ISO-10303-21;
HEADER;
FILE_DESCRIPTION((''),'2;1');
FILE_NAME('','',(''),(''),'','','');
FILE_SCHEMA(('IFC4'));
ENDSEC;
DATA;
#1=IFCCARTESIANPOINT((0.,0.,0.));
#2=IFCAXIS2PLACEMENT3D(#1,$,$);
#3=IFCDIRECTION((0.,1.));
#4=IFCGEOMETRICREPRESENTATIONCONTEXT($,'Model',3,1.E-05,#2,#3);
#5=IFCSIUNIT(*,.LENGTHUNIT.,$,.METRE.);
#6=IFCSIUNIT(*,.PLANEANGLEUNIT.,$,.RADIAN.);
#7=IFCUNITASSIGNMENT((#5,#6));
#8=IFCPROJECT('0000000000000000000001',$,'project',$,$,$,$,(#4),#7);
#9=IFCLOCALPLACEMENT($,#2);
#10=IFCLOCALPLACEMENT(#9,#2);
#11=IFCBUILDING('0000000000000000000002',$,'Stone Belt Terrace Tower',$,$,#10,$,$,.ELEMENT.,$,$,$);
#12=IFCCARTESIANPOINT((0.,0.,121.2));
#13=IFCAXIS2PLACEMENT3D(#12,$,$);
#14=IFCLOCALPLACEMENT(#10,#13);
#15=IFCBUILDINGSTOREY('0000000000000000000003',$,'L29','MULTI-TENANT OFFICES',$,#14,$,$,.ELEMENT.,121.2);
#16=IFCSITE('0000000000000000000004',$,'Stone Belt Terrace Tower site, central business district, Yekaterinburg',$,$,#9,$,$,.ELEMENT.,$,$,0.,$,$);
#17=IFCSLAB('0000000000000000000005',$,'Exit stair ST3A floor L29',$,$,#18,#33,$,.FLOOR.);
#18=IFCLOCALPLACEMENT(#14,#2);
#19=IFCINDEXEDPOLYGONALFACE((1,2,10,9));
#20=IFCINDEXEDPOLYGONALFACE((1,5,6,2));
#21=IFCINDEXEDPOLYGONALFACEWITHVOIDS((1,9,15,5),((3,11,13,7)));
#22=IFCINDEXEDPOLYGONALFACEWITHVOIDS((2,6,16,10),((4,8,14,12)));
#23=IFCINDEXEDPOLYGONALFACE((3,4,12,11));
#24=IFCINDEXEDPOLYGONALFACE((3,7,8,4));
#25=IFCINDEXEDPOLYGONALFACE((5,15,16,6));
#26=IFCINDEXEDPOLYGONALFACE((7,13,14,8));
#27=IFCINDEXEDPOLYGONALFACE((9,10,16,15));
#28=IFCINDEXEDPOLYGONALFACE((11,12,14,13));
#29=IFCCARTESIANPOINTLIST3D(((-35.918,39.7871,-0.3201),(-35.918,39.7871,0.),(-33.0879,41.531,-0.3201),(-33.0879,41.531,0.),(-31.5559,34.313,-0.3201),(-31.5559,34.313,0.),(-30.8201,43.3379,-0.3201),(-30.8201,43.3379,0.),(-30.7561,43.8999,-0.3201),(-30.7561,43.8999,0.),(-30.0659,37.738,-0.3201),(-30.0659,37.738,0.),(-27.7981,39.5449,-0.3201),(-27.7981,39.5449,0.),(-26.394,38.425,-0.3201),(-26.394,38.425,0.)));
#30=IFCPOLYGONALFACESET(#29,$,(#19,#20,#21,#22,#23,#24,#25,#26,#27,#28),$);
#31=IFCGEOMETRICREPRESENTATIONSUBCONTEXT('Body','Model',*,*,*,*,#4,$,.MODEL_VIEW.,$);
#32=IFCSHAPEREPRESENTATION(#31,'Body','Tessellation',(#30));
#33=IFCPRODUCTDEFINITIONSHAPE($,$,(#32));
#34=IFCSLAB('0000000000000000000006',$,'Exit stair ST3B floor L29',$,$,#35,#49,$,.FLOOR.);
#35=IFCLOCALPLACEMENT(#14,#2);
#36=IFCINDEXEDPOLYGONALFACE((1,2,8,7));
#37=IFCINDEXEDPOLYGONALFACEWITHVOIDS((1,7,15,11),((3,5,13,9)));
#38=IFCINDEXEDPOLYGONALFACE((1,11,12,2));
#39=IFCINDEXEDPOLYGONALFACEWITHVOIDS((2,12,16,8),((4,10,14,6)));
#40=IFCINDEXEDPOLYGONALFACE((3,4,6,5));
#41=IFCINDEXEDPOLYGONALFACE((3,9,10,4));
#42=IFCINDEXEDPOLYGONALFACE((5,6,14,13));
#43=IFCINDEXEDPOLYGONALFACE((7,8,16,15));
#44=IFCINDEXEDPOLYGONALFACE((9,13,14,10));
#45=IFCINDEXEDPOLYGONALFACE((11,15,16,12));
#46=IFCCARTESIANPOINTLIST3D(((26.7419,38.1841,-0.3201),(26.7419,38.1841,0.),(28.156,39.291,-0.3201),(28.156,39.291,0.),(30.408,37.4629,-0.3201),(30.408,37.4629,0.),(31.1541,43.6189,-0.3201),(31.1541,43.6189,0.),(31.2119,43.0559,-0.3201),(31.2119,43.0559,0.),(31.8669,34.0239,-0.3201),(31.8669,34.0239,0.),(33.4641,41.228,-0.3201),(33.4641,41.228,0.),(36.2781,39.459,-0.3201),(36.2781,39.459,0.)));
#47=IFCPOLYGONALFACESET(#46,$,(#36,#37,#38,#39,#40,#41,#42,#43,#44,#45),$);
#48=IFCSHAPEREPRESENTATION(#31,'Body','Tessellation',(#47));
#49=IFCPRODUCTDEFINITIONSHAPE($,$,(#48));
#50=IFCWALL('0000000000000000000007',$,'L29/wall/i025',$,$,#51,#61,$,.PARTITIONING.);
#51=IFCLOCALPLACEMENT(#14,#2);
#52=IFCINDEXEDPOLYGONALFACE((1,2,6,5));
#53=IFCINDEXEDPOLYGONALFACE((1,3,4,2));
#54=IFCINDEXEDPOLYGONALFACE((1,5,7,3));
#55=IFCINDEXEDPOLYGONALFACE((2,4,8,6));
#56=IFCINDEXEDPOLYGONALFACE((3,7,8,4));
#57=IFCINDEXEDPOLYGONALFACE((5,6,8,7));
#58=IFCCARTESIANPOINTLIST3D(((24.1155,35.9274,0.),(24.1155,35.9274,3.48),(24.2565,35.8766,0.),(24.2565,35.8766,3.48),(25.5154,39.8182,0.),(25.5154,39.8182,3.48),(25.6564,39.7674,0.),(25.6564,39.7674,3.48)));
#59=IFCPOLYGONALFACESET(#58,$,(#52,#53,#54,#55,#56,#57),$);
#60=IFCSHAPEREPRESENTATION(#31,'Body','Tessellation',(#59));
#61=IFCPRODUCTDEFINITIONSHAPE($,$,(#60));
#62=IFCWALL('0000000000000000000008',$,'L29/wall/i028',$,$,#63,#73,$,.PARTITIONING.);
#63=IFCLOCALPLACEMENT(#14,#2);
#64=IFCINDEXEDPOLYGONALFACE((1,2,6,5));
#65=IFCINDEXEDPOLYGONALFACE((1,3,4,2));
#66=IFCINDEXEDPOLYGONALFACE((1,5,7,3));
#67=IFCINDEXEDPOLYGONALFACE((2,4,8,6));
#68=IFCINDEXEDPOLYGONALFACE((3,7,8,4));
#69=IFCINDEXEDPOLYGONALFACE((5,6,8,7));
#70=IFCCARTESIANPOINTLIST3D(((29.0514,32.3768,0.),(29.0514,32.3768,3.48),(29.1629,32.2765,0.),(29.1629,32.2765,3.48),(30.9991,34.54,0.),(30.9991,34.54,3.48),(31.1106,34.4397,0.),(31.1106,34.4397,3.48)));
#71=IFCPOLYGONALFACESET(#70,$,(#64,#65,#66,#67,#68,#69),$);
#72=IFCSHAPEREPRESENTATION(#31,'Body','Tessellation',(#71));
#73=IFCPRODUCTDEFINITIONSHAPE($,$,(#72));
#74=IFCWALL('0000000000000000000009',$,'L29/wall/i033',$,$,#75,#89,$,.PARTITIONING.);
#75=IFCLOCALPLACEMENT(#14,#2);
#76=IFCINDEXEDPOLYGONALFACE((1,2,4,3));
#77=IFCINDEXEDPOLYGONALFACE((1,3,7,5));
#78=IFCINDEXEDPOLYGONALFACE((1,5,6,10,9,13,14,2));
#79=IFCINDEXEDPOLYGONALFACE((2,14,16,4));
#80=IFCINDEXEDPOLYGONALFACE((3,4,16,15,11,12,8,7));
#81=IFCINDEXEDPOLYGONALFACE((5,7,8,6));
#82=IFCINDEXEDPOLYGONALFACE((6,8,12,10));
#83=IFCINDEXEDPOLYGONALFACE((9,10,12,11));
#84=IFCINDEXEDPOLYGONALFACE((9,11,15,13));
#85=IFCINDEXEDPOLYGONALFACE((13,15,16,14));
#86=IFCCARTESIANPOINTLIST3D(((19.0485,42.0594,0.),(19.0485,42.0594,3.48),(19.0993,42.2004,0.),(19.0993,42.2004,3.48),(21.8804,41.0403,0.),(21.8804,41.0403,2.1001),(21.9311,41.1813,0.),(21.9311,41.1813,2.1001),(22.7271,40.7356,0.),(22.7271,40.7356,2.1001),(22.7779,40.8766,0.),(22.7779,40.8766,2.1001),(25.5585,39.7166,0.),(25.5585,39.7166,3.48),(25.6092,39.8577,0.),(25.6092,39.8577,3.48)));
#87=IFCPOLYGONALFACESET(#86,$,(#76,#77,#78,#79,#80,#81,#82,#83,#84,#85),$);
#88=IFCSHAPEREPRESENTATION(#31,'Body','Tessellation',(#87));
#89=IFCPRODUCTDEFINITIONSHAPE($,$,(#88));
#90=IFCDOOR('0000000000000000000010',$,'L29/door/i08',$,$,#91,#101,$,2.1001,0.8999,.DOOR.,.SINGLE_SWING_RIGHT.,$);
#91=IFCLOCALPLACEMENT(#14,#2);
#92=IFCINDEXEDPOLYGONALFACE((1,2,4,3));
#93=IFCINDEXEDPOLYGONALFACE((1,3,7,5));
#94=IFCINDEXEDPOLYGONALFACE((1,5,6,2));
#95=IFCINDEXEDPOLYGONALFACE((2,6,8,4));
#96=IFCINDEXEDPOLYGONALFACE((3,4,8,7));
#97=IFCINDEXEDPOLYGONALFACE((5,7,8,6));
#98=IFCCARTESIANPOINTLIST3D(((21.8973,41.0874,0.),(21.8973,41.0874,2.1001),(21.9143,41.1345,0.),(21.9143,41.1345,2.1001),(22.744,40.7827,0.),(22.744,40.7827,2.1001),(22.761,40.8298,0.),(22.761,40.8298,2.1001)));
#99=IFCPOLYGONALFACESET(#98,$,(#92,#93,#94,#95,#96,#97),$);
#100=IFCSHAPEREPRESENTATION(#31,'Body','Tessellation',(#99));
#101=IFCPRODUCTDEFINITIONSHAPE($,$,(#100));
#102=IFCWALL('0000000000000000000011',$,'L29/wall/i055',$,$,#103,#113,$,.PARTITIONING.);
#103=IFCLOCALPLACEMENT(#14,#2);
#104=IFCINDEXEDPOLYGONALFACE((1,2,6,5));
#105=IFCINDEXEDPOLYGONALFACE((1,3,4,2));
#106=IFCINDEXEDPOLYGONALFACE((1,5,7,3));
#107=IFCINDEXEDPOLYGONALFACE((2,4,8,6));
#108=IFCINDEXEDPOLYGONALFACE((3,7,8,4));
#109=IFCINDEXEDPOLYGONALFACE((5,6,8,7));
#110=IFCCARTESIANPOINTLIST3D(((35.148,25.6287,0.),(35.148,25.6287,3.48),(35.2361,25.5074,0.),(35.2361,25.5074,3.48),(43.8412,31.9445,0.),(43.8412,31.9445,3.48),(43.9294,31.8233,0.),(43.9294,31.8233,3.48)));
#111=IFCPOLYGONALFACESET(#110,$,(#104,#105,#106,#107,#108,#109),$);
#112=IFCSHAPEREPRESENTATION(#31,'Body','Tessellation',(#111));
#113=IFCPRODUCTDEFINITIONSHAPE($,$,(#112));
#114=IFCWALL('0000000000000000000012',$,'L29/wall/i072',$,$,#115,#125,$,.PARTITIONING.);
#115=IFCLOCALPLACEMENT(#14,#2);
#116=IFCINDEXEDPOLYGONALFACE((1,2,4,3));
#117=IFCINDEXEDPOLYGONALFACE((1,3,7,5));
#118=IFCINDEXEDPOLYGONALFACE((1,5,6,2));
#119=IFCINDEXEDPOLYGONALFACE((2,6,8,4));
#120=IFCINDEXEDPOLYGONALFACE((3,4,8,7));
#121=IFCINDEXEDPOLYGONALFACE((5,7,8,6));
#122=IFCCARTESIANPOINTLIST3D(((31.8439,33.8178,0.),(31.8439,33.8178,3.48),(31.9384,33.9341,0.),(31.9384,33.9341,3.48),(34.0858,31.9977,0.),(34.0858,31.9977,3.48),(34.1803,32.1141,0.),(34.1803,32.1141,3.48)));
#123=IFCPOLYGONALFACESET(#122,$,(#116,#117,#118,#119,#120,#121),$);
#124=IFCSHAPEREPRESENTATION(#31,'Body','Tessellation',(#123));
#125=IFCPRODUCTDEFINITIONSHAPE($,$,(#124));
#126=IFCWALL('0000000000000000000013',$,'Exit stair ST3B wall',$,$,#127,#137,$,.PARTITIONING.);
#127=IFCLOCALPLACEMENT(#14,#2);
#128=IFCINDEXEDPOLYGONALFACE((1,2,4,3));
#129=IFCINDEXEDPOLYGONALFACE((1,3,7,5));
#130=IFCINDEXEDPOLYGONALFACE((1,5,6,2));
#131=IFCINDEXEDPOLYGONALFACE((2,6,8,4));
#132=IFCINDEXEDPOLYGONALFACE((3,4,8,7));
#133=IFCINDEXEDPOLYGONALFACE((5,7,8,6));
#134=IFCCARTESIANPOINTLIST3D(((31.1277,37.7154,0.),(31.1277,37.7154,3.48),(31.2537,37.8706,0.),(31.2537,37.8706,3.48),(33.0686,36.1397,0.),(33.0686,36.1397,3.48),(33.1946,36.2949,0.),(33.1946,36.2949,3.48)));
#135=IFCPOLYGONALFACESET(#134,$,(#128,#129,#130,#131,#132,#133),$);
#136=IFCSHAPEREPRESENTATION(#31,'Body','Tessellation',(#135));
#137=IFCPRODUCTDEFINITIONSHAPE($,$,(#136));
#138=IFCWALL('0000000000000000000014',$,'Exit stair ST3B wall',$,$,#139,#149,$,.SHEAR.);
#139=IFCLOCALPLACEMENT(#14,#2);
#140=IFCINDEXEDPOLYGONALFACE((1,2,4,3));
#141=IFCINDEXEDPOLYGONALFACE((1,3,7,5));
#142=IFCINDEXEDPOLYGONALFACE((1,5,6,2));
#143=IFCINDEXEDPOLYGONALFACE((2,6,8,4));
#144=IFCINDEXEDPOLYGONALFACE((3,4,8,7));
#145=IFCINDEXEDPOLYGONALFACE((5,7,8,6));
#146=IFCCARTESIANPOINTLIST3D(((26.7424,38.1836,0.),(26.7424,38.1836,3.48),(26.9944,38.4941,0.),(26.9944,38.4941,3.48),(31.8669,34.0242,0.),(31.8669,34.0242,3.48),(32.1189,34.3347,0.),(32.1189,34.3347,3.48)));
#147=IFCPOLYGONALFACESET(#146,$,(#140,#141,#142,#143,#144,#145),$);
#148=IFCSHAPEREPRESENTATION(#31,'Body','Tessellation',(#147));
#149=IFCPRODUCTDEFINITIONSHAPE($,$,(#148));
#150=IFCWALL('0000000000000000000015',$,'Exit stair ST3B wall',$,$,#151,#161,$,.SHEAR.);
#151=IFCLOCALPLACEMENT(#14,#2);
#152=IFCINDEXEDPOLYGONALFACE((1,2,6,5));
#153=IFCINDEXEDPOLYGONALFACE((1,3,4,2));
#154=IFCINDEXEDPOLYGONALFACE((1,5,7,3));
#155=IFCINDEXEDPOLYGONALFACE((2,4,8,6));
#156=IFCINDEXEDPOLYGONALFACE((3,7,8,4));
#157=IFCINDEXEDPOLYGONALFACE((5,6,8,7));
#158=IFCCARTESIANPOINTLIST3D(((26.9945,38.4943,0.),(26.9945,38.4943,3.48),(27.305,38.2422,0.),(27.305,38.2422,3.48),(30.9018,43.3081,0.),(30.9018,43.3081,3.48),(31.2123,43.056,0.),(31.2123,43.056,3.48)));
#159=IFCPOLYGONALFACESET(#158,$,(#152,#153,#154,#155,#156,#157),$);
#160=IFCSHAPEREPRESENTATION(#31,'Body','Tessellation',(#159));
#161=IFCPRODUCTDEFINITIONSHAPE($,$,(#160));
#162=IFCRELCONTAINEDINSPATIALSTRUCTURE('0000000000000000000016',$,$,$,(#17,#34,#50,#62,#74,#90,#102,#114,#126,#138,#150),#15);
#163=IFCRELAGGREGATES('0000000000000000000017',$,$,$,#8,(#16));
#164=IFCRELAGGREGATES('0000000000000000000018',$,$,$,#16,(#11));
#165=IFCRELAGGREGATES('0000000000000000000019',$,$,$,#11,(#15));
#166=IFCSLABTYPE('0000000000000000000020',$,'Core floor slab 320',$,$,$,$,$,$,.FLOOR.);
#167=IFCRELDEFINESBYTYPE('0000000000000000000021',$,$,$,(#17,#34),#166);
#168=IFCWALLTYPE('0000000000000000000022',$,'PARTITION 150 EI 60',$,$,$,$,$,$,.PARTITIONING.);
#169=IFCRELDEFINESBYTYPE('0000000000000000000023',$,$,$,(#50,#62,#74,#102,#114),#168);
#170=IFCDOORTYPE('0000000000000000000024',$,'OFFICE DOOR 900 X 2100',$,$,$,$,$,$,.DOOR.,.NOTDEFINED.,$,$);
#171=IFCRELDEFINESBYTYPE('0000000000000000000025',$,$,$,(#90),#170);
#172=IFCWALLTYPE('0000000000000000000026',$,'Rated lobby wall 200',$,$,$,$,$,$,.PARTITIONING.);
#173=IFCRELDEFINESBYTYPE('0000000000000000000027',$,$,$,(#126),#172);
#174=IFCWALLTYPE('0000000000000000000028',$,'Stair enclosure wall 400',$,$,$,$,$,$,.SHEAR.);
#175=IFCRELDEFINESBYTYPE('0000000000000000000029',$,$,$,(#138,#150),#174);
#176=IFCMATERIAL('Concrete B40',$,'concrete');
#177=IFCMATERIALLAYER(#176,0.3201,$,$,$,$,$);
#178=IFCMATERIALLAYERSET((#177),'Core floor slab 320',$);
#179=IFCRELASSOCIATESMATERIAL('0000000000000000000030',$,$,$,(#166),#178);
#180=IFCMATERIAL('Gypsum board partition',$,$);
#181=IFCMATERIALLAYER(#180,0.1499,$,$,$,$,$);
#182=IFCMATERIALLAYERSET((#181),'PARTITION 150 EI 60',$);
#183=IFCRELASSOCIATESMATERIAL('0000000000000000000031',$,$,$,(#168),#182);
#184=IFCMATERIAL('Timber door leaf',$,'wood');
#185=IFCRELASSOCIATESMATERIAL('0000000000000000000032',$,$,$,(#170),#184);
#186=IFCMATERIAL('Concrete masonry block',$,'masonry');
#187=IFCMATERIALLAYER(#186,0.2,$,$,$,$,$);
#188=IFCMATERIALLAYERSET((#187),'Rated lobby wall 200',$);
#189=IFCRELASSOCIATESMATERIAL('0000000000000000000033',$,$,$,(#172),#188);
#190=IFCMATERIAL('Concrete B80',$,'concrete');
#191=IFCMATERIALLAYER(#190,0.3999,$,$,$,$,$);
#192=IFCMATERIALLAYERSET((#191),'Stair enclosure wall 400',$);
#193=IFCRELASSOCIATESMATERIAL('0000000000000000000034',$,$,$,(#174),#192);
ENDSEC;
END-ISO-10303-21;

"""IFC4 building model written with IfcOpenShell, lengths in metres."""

from ifc_helpers import new_model, si_unit, direction, frame, frame_2d, origin, place, context, subcontext, project, spatial, polyline, rectangle, outline, extrude, material, layer, layer_set, type_object, element, fill, save


model = new_model("IFC4")

# Units and contexts
model_context = context("Model", 3, precision=1e-05, world=origin(), true_north=direction((0.0, 1.0)))
body_context = subcontext(model_context, "Body", "Model", "MODEL_VIEW")
ifc_project = project(units=[si_unit("LENGTHUNIT", "METRE"), si_unit("PLANEANGLEUNIT", "RADIAN")], contexts=[model_context])

# Site, building, storey
site_placement = place(None, origin())
site = spatial("IfcSite", under=ifc_project, at=site_placement, Name="Stone Belt Terrace Tower site, central business district, Yekaterinburg", CompositionType="ELEMENT", RefElevation=0.0)
building_placement = place(site_placement, origin())
building = spatial("IfcBuilding", under=site, at=building_placement, Name="Stone Belt Terrace Tower", CompositionType="ELEMENT")
storey_placement = place(building_placement, frame((0.0, 0.0, 121.2)))
storey = spatial("IfcBuildingStorey", under=building, at=storey_placement, Name="L29", Description="MULTI-TENANT OFFICES", CompositionType="ELEMENT", Elevation=121.2)

# Shared definitions
ifc_material_1 = material(Name="Concrete B80", Category="concrete")

# Slabs
ifc_material_2 = material(Name="Concrete B40", Category="concrete")
ifc_layer_1 = layer(ifc_material_2, 0.3201)
ifc_layer_set_1 = layer_set([ifc_layer_1], Name="Core floor slab 320")
slab_type = type_object("IfcSlabType", Name="Core floor slab 320", PredefinedType="FLOOR", material=ifc_layer_set_1)
slab_1_placement = place(storey_placement, frame((0.0, 0.0, -0.3201)))
element("IfcSlab", 1, at=slab_1_placement, inside=storey, type_object=slab_type, Name="Exit stair ST3A floor L29", PredefinedType="FLOOR", context=body_context, shape_type="SweptSolid", body=[
    extrude(outline(polyline([(-26.394, 38.425), (-30.7561, 43.8999), (-35.918, 39.7871), (-31.5559, 34.313), (-26.394, 38.425)]), holes=[polyline([(-27.7981, 39.5449), (-30.0659, 37.738), (-33.0879, 41.531), (-30.8201, 43.3379), (-27.7981, 39.5449)])]), origin(), (0.0, 0.0, 1.0), 0.3201),
])
slab_2_placement = place(storey_placement, frame((0.0, 0.0, -0.3201)))
element("IfcSlab", 2, at=slab_2_placement, inside=storey, type_object=slab_type, Name="Exit stair ST3B floor L29", PredefinedType="FLOOR", context=body_context, shape_type="SweptSolid", body=[
    extrude(outline(polyline([(26.7419, 38.1841), (31.8669, 34.0239), (36.2781, 39.459), (31.1541, 43.6189), (26.7419, 38.1841)]), holes=[polyline([(30.408, 37.4629), (28.156, 39.291), (31.2119, 43.0559), (33.4641, 41.228), (30.408, 37.4629)])]), origin(), (0.0, 0.0, 1.0), 0.3201),
])

# Walls
ifc_material_3 = material(Name="Gypsum board partition")
ifc_layer_2 = layer(ifc_material_3, 0.1499)
ifc_layer_set_2 = layer_set([ifc_layer_2], Name="PARTITION 150 EI 60")
wall_type_1 = type_object("IfcWallType", Name="PARTITION 150 EI 60", PredefinedType="PARTITIONING", material=ifc_layer_set_2)
wall_1_placement = place(storey_placement, frame((24.186, 35.9021, 0.0), z_axis=(0.0, 0.0, 1.0), x_axis=(0.338546, 0.94095, 0.0)))
element("IfcWall", 3, at=wall_1_placement, inside=storey, type_object=wall_type_1, Name="L29/wall/i025", PredefinedType="PARTITIONING", context=body_context, shape_type="SweptSolid", body=[
    extrude(rectangle(XDim=4.135, YDim=0.1499, at=frame_2d((2.0674, 0.0))), origin(), (0.0, 0.0, 1.0), 3.48),
])
wall_2_placement = place(storey_placement, frame((31.0549, 34.49, 0.0), z_axis=(0.0, 0.0, 1.0), x_axis=(-0.669108, -0.743165, 0.0)))
element("IfcWall", 4, at=wall_2_placement, inside=storey, type_object=wall_type_1, Name="L29/wall/i028", PredefinedType="PARTITIONING", context=body_context, shape_type="SweptSolid", body=[
    extrude(rectangle(XDim=2.9109, YDim=0.1499, at=frame_2d((1.4556, 0.0))), origin(), (0.0, 0.0, 1.0), 3.48),
])

# Wall, opening, door
wall_3_placement = place(storey_placement, frame((25.584, 39.7871, 0.0), z_axis=(0.0, 0.0, 1.0), x_axis=(-0.940926, 0.338613, 0.0)))
wall_3 = element("IfcWall", 5, at=wall_3_placement, inside=storey, type_object=wall_type_1, Name="L29/wall/i033", PredefinedType="PARTITIONING", context=body_context, shape_type="SweptSolid", body=[
    extrude(rectangle(XDim=6.9187, YDim=0.1499, at=frame_2d((3.4595, 0.0))), origin(), (0.0, 0.0, 1.0), 3.48),
])
opening_1_placement = place(wall_3_placement, frame((3.0093, 0.0, 0.0)))
opening_1 = element("IfcOpeningElement", 6, at=opening_1_placement, cuts=wall_3, PredefinedType="OPENING", context=body_context, shape_type="SweptSolid", body=[
    extrude(rectangle(XDim=0.8999, YDim=2.1001, at=frame_2d((0.45, 1.05))), frame((0.0, 0.085, 0.0), z_axis=(0.0, -1.0, 0.0), x_axis=(1.0, 0.0, 0.0)), (0.0, 0.0, 1.0), 0.1699),
])
ifc_material_4 = material(Name="Timber door leaf", Category="wood")
door_type_1 = type_object("IfcDoorType", Name="OFFICE DOOR 900 X 2100", OperationType="NOTDEFINED", PredefinedType="DOOR", material=ifc_material_4)
door_1_placement = place(opening_1_placement, origin())
door_1 = element("IfcDoor", 7, at=door_1_placement, inside=storey, type_object=door_type_1, Name="L29/door/i08", OperationType="SINGLE_SWING_RIGHT", OverallHeight=2.1001, OverallWidth=0.8999, PredefinedType="DOOR", context=body_context, shape_type="SweptSolid", body=[
    extrude(rectangle(XDim=0.8999, YDim=2.1001, at=frame_2d((0.45, 1.05))), frame((0.0, 0.0249, 0.0), z_axis=(0.0, -1.0, 0.0), x_axis=(1.0, 0.0, 0.0)), (0.0, 0.0, 1.0), 0.05),
])
fill(opening_1, door_1)

# Walls
wall_4_placement = place(storey_placement, frame((35.1921, 25.5681, 0.0), z_axis=(0.0, 0.0, 1.0), x_axis=(0.809025, 0.587774, 0.0)))
element("IfcWall", 8, at=wall_4_placement, inside=storey, type_object=wall_type_1, Name="L29/wall/i055", PredefinedType="PARTITIONING", context=body_context, shape_type="SweptSolid", body=[
    extrude(rectangle(XDim=10.7454, YDim=0.1499, at=frame_2d((5.3726, 0.0))), origin(), (0.0, 0.0, 1.0), 3.48),
])
wall_5_placement = place(storey_placement, frame((34.1331, 32.0559, 0.0), z_axis=(0.0, 0.0, 1.0), x_axis=(-0.77637, 0.630277, 0.0)))
element("IfcWall", 9, at=wall_5_placement, inside=storey, type_object=wall_type_1, Name="L29/wall/i072", PredefinedType="PARTITIONING", context=body_context, shape_type="SweptSolid", body=[
    extrude(rectangle(XDim=2.8877, YDim=0.1499, at=frame_2d((1.4438, 0.0))), origin(), (0.0, 0.0, 1.0), 3.48),
])
ifc_material_5 = material(Name="Concrete masonry block", Category="masonry")
ifc_layer_3 = layer(ifc_material_5, 0.2)
ifc_layer_set_3 = layer_set([ifc_layer_3], Name="Rated lobby wall 200")
wall_type_2 = type_object("IfcWallType", Name="Rated lobby wall 200", PredefinedType="PARTITIONING", material=ifc_layer_set_3)
wall_6_placement = place(storey_placement, frame((31.1907, 37.793, 0.0), z_axis=(0.0, 0.0, 1.0), x_axis=(0.776371, -0.630276, 0.0)))
element("IfcWall", 10, at=wall_6_placement, inside=storey, type_object=wall_type_2, Name="Exit stair ST3B wall", PredefinedType="PARTITIONING", context=body_context, shape_type="SweptSolid", body=[
    extrude(rectangle(XDim=2.5, YDim=0.2, at=frame_2d((1.25, 0.0))), origin(), (0.0, 0.0, 1.0), 3.48),
])
ifc_layer_4 = layer(ifc_material_1, 0.3999)
ifc_layer_set_4 = layer_set([ifc_layer_4], Name="Stair enclosure wall 400")
wall_type_3 = type_object("IfcWallType", Name="Stair enclosure wall 400", PredefinedType="SHEAR", material=ifc_layer_set_4)
wall_7_placement = place(storey_placement, frame((26.8684, 38.3389, 0.0), z_axis=(0.0, 0.0, 1.0), x_axis=(0.776428, -0.630205, 0.0)))
element("IfcWall", 11, at=wall_7_placement, inside=storey, type_object=wall_type_3, Name="Exit stair ST3B wall", PredefinedType="SHEAR", context=body_context, shape_type="SweptSolid", body=[
    extrude(rectangle(XDim=6.6001, YDim=0.3999, at=frame_2d((3.3, 0.0))), origin(), (0.0, 0.0, 1.0), 3.48),
])
wall_8_placement = place(storey_placement, frame((27.1497, 38.3682, 0.0), z_axis=(0.0, 0.0, 1.0), x_axis=(0.630212, 0.776423, 0.0)))
element("IfcWall", 12, at=wall_8_placement, inside=storey, type_object=wall_type_3, Name="Exit stair ST3B wall", PredefinedType="SHEAR", context=body_context, shape_type="SweptSolid", body=[
    extrude(rectangle(XDim=6.2, YDim=0.3999, at=frame_2d((3.1001, 0.0))), origin(), (0.0, 0.0, 1.0), 3.48),
])

save(model, "model.ifc")
